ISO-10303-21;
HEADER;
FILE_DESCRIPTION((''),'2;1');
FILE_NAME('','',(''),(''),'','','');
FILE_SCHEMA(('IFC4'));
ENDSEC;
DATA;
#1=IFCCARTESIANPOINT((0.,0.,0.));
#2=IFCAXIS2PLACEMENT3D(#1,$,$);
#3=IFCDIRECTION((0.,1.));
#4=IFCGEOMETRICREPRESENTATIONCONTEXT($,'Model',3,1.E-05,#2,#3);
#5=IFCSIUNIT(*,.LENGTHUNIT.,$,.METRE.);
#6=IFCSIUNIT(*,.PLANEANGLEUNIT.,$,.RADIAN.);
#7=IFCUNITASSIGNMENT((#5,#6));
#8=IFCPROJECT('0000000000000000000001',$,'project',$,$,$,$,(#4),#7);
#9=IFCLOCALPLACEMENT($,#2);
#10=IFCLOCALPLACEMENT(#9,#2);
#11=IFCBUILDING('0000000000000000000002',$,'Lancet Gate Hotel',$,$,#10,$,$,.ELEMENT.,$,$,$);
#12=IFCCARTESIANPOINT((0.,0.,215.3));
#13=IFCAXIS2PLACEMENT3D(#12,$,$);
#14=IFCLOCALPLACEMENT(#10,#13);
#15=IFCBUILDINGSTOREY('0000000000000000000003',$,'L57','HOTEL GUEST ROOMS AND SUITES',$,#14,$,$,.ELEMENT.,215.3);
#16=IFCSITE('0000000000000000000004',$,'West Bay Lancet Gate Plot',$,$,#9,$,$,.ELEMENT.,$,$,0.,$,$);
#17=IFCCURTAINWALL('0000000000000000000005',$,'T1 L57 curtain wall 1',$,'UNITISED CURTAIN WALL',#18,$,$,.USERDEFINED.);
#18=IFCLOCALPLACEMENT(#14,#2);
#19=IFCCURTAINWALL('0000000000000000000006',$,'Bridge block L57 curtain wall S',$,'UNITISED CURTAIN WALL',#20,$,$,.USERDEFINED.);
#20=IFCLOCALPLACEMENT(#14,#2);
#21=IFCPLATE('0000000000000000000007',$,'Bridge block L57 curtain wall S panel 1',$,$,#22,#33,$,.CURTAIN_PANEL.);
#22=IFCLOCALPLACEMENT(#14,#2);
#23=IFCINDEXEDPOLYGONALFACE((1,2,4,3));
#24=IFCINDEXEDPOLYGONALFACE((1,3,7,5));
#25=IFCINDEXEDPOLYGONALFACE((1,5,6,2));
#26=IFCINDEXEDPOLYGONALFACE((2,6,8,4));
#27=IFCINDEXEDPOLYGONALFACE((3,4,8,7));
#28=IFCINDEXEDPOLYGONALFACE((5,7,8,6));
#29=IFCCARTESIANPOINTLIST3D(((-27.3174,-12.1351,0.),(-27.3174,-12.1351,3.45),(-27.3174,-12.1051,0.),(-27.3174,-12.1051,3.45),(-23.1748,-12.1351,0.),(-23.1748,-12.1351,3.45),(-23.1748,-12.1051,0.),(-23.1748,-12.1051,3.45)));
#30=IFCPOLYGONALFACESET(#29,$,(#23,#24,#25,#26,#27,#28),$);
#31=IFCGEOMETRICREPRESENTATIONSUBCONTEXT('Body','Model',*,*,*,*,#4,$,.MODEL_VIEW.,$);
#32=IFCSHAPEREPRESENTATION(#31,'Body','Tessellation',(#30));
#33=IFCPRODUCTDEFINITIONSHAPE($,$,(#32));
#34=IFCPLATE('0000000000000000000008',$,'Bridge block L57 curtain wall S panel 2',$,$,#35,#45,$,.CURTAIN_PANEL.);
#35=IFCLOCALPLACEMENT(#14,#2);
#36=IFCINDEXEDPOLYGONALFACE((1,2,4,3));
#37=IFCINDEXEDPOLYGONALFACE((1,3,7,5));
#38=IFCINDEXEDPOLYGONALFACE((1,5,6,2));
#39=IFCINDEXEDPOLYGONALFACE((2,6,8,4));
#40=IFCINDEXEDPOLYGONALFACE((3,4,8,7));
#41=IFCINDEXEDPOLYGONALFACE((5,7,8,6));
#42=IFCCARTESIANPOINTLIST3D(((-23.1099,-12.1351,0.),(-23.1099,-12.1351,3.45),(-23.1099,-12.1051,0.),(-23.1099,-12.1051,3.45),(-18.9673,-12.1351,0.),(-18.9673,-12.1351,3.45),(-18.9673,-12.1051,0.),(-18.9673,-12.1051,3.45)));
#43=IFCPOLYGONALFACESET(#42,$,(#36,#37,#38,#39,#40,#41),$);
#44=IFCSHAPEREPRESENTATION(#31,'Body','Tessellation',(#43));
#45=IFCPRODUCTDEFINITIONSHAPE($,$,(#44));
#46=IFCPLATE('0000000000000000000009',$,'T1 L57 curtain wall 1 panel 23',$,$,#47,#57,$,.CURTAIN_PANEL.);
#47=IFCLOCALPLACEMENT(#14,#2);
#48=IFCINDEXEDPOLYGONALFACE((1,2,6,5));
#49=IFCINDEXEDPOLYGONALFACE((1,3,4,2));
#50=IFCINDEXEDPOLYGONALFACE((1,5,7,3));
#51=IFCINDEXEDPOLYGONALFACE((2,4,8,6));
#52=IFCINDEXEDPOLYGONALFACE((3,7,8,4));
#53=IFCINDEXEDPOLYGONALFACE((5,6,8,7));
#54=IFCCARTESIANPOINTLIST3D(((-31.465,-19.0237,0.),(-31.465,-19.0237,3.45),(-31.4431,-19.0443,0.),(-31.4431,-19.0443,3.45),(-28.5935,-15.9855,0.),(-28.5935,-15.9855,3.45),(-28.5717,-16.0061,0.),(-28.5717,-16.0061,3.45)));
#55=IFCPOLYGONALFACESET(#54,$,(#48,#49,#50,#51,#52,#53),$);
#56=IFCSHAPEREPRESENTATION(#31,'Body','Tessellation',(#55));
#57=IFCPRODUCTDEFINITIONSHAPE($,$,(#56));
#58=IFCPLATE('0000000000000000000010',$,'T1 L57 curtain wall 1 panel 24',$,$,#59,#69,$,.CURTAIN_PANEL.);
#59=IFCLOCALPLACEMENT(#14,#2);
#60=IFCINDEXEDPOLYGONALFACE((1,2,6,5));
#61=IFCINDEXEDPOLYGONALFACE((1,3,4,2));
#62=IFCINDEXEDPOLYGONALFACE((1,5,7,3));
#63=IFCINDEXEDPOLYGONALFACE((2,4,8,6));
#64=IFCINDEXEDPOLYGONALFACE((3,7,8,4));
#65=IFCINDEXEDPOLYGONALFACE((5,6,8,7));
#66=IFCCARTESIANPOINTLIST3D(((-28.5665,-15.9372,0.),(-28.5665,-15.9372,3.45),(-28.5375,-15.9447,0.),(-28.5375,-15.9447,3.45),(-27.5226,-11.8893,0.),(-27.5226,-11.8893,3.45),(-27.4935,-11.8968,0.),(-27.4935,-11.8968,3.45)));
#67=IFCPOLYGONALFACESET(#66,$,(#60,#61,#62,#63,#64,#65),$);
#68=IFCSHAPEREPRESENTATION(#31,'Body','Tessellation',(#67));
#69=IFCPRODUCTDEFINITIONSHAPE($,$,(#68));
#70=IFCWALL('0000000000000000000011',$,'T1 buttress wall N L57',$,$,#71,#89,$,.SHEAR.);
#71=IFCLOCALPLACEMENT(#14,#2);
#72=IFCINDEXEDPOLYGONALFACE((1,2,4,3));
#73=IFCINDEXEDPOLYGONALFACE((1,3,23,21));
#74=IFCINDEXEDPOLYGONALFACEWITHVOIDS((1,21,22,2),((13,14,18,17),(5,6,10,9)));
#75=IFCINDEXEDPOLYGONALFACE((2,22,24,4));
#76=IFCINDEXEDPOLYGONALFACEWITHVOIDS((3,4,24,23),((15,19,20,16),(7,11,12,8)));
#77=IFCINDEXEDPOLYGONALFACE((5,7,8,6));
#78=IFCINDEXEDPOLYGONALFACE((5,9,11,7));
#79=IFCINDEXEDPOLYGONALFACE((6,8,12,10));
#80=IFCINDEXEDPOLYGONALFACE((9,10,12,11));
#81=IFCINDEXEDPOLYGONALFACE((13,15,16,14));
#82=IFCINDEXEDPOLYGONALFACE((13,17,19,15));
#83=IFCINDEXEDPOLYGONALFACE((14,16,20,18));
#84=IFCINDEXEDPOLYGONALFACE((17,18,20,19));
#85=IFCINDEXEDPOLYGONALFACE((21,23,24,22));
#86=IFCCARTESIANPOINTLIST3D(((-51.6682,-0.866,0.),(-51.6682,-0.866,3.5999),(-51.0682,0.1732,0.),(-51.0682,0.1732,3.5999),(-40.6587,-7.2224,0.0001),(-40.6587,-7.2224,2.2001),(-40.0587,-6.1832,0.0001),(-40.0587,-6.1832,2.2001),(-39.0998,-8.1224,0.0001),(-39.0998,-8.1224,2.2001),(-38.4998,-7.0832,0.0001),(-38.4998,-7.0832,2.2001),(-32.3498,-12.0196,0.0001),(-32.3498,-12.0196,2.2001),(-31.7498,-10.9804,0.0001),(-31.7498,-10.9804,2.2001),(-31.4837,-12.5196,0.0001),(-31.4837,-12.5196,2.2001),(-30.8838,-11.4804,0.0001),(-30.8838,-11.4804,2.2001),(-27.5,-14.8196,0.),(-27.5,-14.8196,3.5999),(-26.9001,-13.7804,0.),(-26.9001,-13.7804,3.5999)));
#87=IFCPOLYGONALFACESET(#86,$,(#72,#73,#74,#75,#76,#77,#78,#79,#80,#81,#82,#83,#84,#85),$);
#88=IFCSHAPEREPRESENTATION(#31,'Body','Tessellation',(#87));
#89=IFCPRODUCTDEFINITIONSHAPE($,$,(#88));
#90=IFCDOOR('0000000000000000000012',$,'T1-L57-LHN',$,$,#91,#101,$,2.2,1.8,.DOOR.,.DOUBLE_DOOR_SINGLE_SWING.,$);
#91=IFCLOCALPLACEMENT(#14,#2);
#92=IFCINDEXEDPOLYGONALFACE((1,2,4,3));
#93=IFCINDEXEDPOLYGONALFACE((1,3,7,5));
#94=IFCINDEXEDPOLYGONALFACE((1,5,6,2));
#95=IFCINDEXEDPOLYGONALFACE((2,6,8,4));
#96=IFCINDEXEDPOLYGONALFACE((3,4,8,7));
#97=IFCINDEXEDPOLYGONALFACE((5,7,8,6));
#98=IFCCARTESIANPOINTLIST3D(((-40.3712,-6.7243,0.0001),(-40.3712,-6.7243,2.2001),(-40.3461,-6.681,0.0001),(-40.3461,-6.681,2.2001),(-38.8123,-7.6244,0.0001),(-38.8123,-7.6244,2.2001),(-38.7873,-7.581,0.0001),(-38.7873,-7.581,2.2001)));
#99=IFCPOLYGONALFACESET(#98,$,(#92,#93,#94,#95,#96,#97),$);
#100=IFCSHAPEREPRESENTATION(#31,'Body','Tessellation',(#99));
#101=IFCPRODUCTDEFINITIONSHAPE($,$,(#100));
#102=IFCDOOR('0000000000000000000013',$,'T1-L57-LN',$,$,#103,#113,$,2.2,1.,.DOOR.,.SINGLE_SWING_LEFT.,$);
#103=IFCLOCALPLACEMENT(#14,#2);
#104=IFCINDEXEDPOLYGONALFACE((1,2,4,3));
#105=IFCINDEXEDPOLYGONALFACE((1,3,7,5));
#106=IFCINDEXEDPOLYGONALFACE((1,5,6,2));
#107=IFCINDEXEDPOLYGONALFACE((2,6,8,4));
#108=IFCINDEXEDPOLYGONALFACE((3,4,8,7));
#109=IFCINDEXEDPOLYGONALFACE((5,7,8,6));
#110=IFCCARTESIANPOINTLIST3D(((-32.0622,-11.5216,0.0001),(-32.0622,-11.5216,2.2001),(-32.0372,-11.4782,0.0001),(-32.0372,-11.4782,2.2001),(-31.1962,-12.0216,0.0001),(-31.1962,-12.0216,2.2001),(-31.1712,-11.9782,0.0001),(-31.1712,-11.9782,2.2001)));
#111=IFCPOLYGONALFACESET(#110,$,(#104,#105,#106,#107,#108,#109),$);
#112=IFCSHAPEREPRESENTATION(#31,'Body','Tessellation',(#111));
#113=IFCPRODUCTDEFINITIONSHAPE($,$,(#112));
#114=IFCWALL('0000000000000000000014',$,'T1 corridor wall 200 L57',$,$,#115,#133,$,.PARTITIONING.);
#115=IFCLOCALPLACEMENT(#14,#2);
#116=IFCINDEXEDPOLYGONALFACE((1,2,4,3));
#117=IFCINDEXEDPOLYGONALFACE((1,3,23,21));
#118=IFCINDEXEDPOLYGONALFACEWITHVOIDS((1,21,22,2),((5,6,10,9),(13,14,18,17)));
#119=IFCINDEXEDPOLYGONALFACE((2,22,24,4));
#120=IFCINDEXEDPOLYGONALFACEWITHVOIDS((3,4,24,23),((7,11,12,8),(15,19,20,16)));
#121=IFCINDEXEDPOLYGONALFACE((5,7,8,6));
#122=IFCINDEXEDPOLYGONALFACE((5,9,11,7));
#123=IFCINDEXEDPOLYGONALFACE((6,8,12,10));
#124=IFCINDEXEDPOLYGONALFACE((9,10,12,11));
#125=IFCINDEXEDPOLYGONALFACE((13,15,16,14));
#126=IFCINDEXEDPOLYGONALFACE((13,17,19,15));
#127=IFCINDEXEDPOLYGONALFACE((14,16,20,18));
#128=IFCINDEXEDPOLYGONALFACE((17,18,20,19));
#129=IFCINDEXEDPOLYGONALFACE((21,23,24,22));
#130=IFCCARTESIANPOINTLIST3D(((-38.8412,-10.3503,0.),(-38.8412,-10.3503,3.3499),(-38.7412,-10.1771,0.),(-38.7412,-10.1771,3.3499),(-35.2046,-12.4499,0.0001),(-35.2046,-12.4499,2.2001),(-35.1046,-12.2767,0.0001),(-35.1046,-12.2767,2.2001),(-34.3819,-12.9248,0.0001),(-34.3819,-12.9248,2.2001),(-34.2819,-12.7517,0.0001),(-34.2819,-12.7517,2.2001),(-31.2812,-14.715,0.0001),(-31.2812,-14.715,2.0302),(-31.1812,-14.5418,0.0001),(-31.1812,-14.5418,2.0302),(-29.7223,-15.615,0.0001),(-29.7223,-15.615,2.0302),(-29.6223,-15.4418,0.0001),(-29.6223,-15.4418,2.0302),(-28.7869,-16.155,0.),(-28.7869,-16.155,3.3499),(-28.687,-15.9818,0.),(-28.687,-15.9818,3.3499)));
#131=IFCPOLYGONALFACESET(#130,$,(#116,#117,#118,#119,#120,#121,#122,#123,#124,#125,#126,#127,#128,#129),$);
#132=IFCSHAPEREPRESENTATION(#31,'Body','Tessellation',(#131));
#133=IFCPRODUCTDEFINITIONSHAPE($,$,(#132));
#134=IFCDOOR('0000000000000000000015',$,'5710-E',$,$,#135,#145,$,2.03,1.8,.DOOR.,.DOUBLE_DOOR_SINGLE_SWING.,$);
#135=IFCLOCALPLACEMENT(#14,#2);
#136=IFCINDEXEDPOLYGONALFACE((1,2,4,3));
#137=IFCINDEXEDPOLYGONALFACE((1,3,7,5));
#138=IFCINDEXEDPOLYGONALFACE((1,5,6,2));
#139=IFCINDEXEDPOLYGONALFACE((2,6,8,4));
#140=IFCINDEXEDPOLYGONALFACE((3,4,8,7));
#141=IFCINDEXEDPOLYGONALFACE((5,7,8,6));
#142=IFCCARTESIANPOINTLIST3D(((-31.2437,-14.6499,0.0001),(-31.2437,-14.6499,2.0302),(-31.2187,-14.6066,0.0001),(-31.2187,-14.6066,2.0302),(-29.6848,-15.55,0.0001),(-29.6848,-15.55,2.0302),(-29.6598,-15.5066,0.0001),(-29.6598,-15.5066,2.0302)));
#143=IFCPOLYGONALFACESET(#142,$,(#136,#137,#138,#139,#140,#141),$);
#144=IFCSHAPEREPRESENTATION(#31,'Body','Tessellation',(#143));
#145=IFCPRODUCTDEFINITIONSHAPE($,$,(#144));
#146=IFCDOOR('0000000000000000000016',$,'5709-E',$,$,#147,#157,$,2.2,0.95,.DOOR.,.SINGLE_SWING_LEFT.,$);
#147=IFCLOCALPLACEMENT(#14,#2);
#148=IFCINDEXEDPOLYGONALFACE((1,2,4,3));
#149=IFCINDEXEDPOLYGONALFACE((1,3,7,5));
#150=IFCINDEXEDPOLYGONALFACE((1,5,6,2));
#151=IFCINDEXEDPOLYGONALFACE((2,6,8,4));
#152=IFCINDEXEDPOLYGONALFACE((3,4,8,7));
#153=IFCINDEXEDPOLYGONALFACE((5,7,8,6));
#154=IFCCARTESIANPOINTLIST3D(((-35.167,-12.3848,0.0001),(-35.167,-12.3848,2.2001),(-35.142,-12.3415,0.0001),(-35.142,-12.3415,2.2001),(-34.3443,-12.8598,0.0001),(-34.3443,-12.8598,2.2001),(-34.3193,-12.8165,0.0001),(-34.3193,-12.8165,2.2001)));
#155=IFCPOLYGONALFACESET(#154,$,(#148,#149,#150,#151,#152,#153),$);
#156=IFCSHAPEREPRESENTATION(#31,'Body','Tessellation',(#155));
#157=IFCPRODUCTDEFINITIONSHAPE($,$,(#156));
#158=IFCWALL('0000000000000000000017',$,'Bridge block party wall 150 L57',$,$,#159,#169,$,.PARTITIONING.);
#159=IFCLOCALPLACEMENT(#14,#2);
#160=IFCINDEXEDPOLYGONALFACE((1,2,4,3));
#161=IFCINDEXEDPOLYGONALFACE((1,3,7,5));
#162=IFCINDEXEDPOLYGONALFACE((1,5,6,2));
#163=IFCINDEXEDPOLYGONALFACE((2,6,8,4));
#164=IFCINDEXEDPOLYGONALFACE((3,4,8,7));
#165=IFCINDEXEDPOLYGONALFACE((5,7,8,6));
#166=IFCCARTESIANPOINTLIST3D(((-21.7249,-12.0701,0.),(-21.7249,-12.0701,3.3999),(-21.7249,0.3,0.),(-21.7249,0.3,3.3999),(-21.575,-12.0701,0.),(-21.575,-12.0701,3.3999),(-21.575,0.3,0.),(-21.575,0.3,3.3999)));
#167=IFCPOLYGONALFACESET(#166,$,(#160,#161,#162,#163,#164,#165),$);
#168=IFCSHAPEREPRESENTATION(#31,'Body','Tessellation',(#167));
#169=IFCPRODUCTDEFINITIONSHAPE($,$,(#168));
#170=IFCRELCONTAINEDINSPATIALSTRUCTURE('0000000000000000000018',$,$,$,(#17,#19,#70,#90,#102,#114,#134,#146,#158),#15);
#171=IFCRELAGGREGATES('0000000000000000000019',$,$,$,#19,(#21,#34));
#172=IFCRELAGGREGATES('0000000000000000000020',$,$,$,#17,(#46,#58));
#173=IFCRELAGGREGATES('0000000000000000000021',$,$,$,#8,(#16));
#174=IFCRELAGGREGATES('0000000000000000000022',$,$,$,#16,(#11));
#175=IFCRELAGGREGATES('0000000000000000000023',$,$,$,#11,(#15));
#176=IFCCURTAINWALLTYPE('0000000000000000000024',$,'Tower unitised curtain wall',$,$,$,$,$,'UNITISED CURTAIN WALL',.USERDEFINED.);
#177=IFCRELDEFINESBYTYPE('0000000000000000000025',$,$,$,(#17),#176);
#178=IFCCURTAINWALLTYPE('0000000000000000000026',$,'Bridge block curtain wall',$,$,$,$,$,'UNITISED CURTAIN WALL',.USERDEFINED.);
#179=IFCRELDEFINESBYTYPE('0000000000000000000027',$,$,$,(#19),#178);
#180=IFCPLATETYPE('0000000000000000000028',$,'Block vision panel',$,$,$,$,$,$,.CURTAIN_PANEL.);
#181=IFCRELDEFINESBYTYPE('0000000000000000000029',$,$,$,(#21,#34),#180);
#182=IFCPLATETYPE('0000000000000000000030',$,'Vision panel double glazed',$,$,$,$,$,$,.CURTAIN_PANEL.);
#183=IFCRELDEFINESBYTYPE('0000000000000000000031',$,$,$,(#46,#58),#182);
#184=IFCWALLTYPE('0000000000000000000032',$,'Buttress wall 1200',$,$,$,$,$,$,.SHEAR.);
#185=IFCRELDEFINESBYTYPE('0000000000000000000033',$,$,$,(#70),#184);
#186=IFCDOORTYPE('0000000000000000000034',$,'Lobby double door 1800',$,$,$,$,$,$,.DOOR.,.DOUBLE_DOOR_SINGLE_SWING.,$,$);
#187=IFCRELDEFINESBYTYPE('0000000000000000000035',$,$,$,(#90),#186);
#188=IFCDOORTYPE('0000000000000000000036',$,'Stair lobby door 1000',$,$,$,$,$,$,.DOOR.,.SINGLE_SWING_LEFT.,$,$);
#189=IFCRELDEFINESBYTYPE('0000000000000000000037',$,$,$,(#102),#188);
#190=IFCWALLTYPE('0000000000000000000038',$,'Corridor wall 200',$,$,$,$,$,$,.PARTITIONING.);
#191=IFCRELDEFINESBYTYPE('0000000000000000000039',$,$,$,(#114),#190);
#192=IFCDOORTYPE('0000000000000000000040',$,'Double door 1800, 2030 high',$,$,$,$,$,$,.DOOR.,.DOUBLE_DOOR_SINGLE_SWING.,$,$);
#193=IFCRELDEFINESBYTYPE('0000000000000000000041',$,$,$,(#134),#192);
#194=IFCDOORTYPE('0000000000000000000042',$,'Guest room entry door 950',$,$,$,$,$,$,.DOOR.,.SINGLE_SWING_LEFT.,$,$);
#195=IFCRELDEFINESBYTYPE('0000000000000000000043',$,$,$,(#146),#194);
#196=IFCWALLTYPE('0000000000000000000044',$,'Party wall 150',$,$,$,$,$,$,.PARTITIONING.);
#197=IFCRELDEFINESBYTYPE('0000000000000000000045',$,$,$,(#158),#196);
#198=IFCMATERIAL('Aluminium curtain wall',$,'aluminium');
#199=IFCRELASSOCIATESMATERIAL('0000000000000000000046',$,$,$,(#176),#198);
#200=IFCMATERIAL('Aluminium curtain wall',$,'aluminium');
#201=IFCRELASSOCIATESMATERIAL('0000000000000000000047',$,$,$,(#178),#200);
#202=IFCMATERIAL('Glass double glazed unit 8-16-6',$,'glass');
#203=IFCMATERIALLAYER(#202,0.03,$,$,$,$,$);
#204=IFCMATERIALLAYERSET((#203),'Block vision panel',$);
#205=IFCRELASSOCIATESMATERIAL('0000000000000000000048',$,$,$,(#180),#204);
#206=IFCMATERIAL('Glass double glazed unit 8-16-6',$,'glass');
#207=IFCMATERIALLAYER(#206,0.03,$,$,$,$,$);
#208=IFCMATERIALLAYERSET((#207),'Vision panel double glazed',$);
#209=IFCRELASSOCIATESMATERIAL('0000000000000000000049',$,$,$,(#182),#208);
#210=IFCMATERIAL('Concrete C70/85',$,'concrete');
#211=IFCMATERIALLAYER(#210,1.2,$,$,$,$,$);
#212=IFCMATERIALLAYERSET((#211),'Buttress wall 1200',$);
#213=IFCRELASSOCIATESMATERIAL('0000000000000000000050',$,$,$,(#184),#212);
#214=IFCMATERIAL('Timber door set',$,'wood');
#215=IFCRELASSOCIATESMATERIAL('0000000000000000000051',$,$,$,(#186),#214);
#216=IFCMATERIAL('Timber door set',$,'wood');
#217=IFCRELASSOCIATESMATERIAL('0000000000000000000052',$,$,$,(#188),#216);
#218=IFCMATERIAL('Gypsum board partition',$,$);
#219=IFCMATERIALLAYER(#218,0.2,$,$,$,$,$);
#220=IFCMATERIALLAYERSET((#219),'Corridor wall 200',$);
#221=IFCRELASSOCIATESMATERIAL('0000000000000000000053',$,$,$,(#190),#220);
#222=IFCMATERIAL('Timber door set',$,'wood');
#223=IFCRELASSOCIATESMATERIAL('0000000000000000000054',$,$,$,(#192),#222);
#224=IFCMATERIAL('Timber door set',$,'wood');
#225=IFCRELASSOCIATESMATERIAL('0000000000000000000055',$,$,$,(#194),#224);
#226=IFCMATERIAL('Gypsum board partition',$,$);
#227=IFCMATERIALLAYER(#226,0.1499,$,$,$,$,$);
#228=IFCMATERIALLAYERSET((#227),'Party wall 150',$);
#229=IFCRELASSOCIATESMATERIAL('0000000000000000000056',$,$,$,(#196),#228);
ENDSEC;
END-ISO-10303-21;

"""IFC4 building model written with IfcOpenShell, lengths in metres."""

from ifc_helpers import new_model, si_unit, direction, frame, frame_2d, origin, origin_2d, place, context, subcontext, project, spatial, rectangle, extrude, material, layer, layer_set, type_object, element, fill, aggregate, save


model = new_model("IFC4")

# Units and contexts
model_context = context("Model", 3, precision=1e-05, world=origin(), true_north=direction((0.0, 1.0)))
body_context = subcontext(model_context, "Body", "Model", "MODEL_VIEW")
ifc_project = project(units=[si_unit("LENGTHUNIT", "METRE"), si_unit("PLANEANGLEUNIT", "RADIAN")], contexts=[model_context])

# Site, building, storey
site_placement = place(None, origin())
site = spatial("IfcSite", under=ifc_project, at=site_placement, Name="West Bay Lancet Gate Plot", CompositionType="ELEMENT", RefElevation=0.0)
building_placement = place(site_placement, origin())
building = spatial("IfcBuilding", under=site, at=building_placement, Name="Lancet Gate Hotel", CompositionType="ELEMENT")
storey_placement = place(building_placement, frame((0.0, 0.0, 215.3)))
storey = spatial("IfcBuildingStorey", under=building, at=storey_placement, Name="L57", Description="HOTEL GUEST ROOMS AND SUITES", CompositionType="ELEMENT", Elevation=215.3)

# Curtain walls
ifc_material_1 = material(Name="Aluminium curtain wall", Category="aluminium")
curtain_wall_type_1 = type_object("IfcCurtainWallType", Name="Tower unitised curtain wall", ElementType="UNITISED CURTAIN WALL", PredefinedType="USERDEFINED", material=ifc_material_1)
curtain_wall_1_placement = place(storey_placement, origin())
curtain_wall_1 = element("IfcCurtainWall", 1, at=curtain_wall_1_placement, inside=storey, type_object=curtain_wall_type_1, Name="T1 L57 curtain wall 1", ObjectType="UNITISED CURTAIN WALL", PredefinedType="USERDEFINED")
ifc_material_2 = material(Name="Aluminium curtain wall", Category="aluminium")
curtain_wall_type_2 = type_object("IfcCurtainWallType", Name="Bridge block curtain wall", ElementType="UNITISED CURTAIN WALL", PredefinedType="USERDEFINED", material=ifc_material_2)
curtain_wall_2_placement = place(storey_placement, origin())
curtain_wall_2 = element("IfcCurtainWall", 2, at=curtain_wall_2_placement, inside=storey, type_object=curtain_wall_type_2, Name="Bridge block L57 curtain wall S", ObjectType="UNITISED CURTAIN WALL", PredefinedType="USERDEFINED")

# Plates
ifc_material_3 = material(Name="Glass double glazed unit 8-16-6", Category="glass")
ifc_layer_1 = layer(ifc_material_3, 0.03)
ifc_layer_set_1 = layer_set([ifc_layer_1], Name="Block vision panel")
plate_type_1 = type_object("IfcPlateType", Name="Block vision panel", PredefinedType="CURTAIN_PANEL", material=ifc_layer_set_1)
plate_1_placement = place(storey_placement, frame((-25.2461, -12.1201, 0.0), z_axis=(0.0, 0.0, 1.0), x_axis=(1.0, 0.0, 0.0)))
plate_1 = element("IfcPlate", 3, at=plate_1_placement, type_object=plate_type_1, Name="Bridge block L57 curtain wall S panel 1", PredefinedType="CURTAIN_PANEL", context=body_context, shape_type="SweptSolid", body=[
    extrude(rectangle(XDim=4.1426, YDim=0.03, at=origin_2d()), origin(), (0.0, 0.0, 1.0), 3.45),
])
plate_2_placement = place(storey_placement, frame((-21.0386, -12.1201, 0.0), z_axis=(0.0, 0.0, 1.0), x_axis=(1.0, 0.0, 0.0)))
plate_2 = element("IfcPlate", 4, at=plate_2_placement, type_object=plate_type_1, Name="Bridge block L57 curtain wall S panel 2", PredefinedType="CURTAIN_PANEL", context=body_context, shape_type="SweptSolid", body=[
    extrude(rectangle(XDim=4.1426, YDim=0.03, at=origin_2d()), origin(), (0.0, 0.0, 1.0), 3.45),
])
aggregate(curtain_wall_2, [plate_1, plate_2])
ifc_material_4 = material(Name="Glass double glazed unit 8-16-6", Category="glass")
ifc_layer_2 = layer(ifc_material_4, 0.03)
ifc_layer_set_2 = layer_set([ifc_layer_2], Name="Vision panel double glazed")
plate_type_2 = type_object("IfcPlateType", Name="Vision panel double glazed", PredefinedType="CURTAIN_PANEL", material=ifc_layer_set_2)
plate_3_placement = place(storey_placement, frame((-30.0183, -17.5149, 0.0), z_axis=(0.0, 0.0, 1.0), x_axis=(0.686883, 0.726768, 0.0)))
plate_3 = element("IfcPlate", 5, at=plate_3_placement, type_object=plate_type_2, Name="T1 L57 curtain wall 1 panel 23", PredefinedType="CURTAIN_PANEL", context=body_context, shape_type="SweptSolid", body=[
    extrude(rectangle(XDim=4.1804, YDim=0.03, at=origin_2d()), origin(), (0.0, 0.0, 1.0), 3.45),
])
plate_4_placement = place(storey_placement, frame((-28.03, -13.917, 0.0), z_axis=(0.0, 0.0, 1.0), x_axis=(0.249726, 0.968317, 0.0)))
plate_4 = element("IfcPlate", 6, at=plate_4_placement, type_object=plate_type_2, Name="T1 L57 curtain wall 1 panel 24", PredefinedType="CURTAIN_PANEL", context=body_context, shape_type="SweptSolid", body=[
    extrude(rectangle(XDim=4.1804, YDim=0.03, at=origin_2d()), origin(), (0.0, 0.0, 1.0), 3.45),
])
aggregate(curtain_wall_1, [plate_3, plate_4])

# Walls, openings, doors
ifc_material_5 = material(Name="Concrete C70/85", Category="concrete")
ifc_layer_3 = layer(ifc_material_5, 1.2)
ifc_layer_set_3 = layer_set([ifc_layer_3], Name="Buttress wall 1200")
wall_type_1 = type_object("IfcWallType", Name="Buttress wall 1200", PredefinedType="SHEAR", material=ifc_layer_set_3)
wall_1_placement = place(storey_placement, frame((-27.2, -14.3, 0.0), z_axis=(0.0, 0.0, 1.0), x_axis=(-0.866024, 0.500002, 0.0)))
wall_1 = element("IfcWall", 7, at=wall_1_placement, inside=storey, type_object=wall_type_1, Name="T1 buttress wall N L57", PredefinedType="SHEAR", context=body_context, shape_type="SweptSolid", body=[
    extrude(rectangle(XDim=27.907, YDim=1.2, at=frame_2d((13.9536, 0.0))), origin(), (0.0, 0.0, 1.0), 3.5999),
])
opening_1_placement = place(wall_1_placement, frame((4.6001, 0.0, 0.0)))
opening_1 = element("IfcOpeningElement", 8, at=opening_1_placement, cuts=wall_1, PredefinedType="OPENING", context=body_context, shape_type="SweptSolid", body=[
    extrude(rectangle(XDim=1.0, YDim=2.2, at=frame_2d((0.5, 1.1001))), frame((0.0, 0.6099, 0.0), z_axis=(0.0, -1.0, 0.0), x_axis=(1.0, 0.0, 0.0)), (0.0, 0.0, 1.0), 1.22),
])
opening_2_placement = place(wall_1_placement, frame((13.3945, 0.0, 0.0)))
opening_2 = element("IfcOpeningElement", 9, at=opening_2_placement, cuts=wall_1, PredefinedType="OPENING", context=body_context, shape_type="SweptSolid", body=[
    extrude(rectangle(XDim=1.8, YDim=2.2, at=frame_2d((0.8999, 1.1001))), frame((0.0, 0.6099, 0.0), z_axis=(0.0, -1.0, 0.0), x_axis=(1.0, 0.0, 0.0)), (0.0, 0.0, 1.0), 1.22),
])
ifc_material_6 = material(Name="Timber door set", Category="wood")
door_type_1 = type_object("IfcDoorType", Name="Lobby double door 1800", OperationType="DOUBLE_DOOR_SINGLE_SWING", PredefinedType="DOOR", material=ifc_material_6)
door_1_placement = place(opening_2_placement, origin())
door_1 = element("IfcDoor", 10, at=door_1_placement, inside=storey, type_object=door_type_1, Name="T1-L57-LHN", OperationType="DOUBLE_DOOR_SINGLE_SWING", OverallHeight=2.2, OverallWidth=1.8, PredefinedType="DOOR", context=body_context, shape_type="SweptSolid", body=[
    extrude(rectangle(XDim=1.8, YDim=2.2, at=frame_2d((0.8999, 1.1001))), frame((0.0, 0.0249, 0.0), z_axis=(0.0, -1.0, 0.0), x_axis=(1.0, 0.0, 0.0)), (0.0, 0.0, 1.0), 0.05),
])
fill(opening_2, door_1)
ifc_material_7 = material(Name="Timber door set", Category="wood")
door_type_2 = type_object("IfcDoorType", Name="Stair lobby door 1000", OperationType="SINGLE_SWING_LEFT", PredefinedType="DOOR", material=ifc_material_7)
door_2_placement = place(opening_1_placement, origin())
door_2 = element("IfcDoor", 11, at=door_2_placement, inside=storey, type_object=door_type_2, Name="T1-L57-LN", OperationType="SINGLE_SWING_LEFT", OverallHeight=2.2, OverallWidth=1.0, PredefinedType="DOOR", context=body_context, shape_type="SweptSolid", body=[
    extrude(rectangle(XDim=1.0, YDim=2.2, at=frame_2d((0.5, 1.1001))), frame((0.0, 0.0249, 0.0), z_axis=(0.0, -1.0, 0.0), x_axis=(1.0, 0.0, 0.0)), (0.0, 0.0, 1.0), 0.05),
])
fill(opening_1, door_2)
ifc_material_8 = material(Name="Gypsum board partition")
ifc_layer_4 = layer(ifc_material_8, 0.2)
ifc_layer_set_4 = layer_set([ifc_layer_4], Name="Corridor wall 200")
wall_type_2 = type_object("IfcWallType", Name="Corridor wall 200", PredefinedType="PARTITIONING", material=ifc_layer_set_4)
wall_2_placement = place(storey_placement, frame((-28.7371, -16.0684, 0.0), z_axis=(0.0, 0.0, 1.0), x_axis=(-0.866029, 0.499993, 0.0)))
wall_2 = element("IfcWall", 12, at=wall_2_placement, inside=storey, type_object=wall_type_2, Name="T1 corridor wall 200 L57", PredefinedType="PARTITIONING", context=body_context, shape_type="SweptSolid", body=[
    extrude(rectangle(XDim=11.6096, YDim=0.2, at=frame_2d((5.8047, 0.0))), origin(), (0.0, 0.0, 1.0), 3.3499),
])
opening_3_placement = place(wall_2_placement, frame((1.0801, 0.0, 0.0)))
opening_3 = element("IfcOpeningElement", 13, at=opening_3_placement, cuts=wall_2, PredefinedType="OPENING", context=body_context, shape_type="SweptSolid", body=[
    extrude(rectangle(XDim=1.8, YDim=2.03, at=frame_2d((0.8999, 1.0151))), frame((0.0, 0.1099, 0.0), z_axis=(0.0, -1.0, 0.0), x_axis=(1.0, 0.0, 0.0)), (0.0, 0.0, 1.0), 0.22),
])
opening_4_placement = place(wall_2_placement, frame((6.4602, 0.0, 0.0)))
opening_4 = element("IfcOpeningElement", 14, at=opening_4_placement, cuts=wall_2, PredefinedType="OPENING", context=body_context, shape_type="SweptSolid", body=[
    extrude(rectangle(XDim=0.95, YDim=2.2, at=frame_2d((0.4751, 1.1001))), frame((0.0, 0.1099, 0.0), z_axis=(0.0, -1.0, 0.0), x_axis=(1.0, 0.0, 0.0)), (0.0, 0.0, 1.0), 0.22),
])
ifc_material_9 = material(Name="Timber door set", Category="wood")
door_type_3 = type_object("IfcDoorType", Name="Double door 1800, 2030 high", OperationType="DOUBLE_DOOR_SINGLE_SWING", PredefinedType="DOOR", material=ifc_material_9)
door_3_placement = place(opening_3_placement, origin())
door_3 = element("IfcDoor", 15, at=door_3_placement, inside=storey, type_object=door_type_3, Name="5710-E", OperationType="DOUBLE_DOOR_SINGLE_SWING", OverallHeight=2.03, OverallWidth=1.8, PredefinedType="DOOR", context=body_context, shape_type="SweptSolid", body=[
    extrude(rectangle(XDim=1.8, YDim=2.03, at=frame_2d((0.8999, 1.0151))), frame((0.0, 0.0249, 0.0), z_axis=(0.0, -1.0, 0.0), x_axis=(1.0, 0.0, 0.0)), (0.0, 0.0, 1.0), 0.05),
])
fill(opening_3, door_3)
ifc_material_10 = material(Name="Timber door set", Category="wood")
door_type_4 = type_object("IfcDoorType", Name="Guest room entry door 950", OperationType="SINGLE_SWING_LEFT", PredefinedType="DOOR", material=ifc_material_10)
door_4_placement = place(opening_4_placement, origin())
door_4 = element("IfcDoor", 16, at=door_4_placement, inside=storey, type_object=door_type_4, Name="5709-E", OperationType="SINGLE_SWING_LEFT", OverallHeight=2.2, OverallWidth=0.95, PredefinedType="DOOR", context=body_context, shape_type="SweptSolid", body=[
    extrude(rectangle(XDim=0.95, YDim=2.2, at=frame_2d((0.4751, 1.1001))), frame((0.0, 0.0249, 0.0), z_axis=(0.0, -1.0, 0.0), x_axis=(1.0, 0.0, 0.0)), (0.0, 0.0, 1.0), 0.05),
])
fill(opening_4, door_4)

# Wall
ifc_material_11 = material(Name="Gypsum board partition")
ifc_layer_5 = layer(ifc_material_11, 0.1499)
ifc_layer_set_5 = layer_set([ifc_layer_5], Name="Party wall 150")
wall_type_3 = type_object("IfcWallType", Name="Party wall 150", PredefinedType="PARTITIONING", material=ifc_layer_set_5)
wall_3_placement = place(storey_placement, frame((-21.6499, -12.0701, 0.0), z_axis=(0.0, 0.0, 1.0), x_axis=(0.0, 1.0, 0.0)))
element("IfcWall", 17, at=wall_3_placement, inside=storey, type_object=wall_type_3, Name="Bridge block party wall 150 L57", PredefinedType="PARTITIONING", context=body_context, shape_type="SweptSolid", body=[
    extrude(rectangle(XDim=12.3701, YDim=0.1499, at=frame_2d((6.1851, 0.0))), origin(), (0.0, 0.0, 1.0), 3.3999),
])

save(model, "model.ifc")
